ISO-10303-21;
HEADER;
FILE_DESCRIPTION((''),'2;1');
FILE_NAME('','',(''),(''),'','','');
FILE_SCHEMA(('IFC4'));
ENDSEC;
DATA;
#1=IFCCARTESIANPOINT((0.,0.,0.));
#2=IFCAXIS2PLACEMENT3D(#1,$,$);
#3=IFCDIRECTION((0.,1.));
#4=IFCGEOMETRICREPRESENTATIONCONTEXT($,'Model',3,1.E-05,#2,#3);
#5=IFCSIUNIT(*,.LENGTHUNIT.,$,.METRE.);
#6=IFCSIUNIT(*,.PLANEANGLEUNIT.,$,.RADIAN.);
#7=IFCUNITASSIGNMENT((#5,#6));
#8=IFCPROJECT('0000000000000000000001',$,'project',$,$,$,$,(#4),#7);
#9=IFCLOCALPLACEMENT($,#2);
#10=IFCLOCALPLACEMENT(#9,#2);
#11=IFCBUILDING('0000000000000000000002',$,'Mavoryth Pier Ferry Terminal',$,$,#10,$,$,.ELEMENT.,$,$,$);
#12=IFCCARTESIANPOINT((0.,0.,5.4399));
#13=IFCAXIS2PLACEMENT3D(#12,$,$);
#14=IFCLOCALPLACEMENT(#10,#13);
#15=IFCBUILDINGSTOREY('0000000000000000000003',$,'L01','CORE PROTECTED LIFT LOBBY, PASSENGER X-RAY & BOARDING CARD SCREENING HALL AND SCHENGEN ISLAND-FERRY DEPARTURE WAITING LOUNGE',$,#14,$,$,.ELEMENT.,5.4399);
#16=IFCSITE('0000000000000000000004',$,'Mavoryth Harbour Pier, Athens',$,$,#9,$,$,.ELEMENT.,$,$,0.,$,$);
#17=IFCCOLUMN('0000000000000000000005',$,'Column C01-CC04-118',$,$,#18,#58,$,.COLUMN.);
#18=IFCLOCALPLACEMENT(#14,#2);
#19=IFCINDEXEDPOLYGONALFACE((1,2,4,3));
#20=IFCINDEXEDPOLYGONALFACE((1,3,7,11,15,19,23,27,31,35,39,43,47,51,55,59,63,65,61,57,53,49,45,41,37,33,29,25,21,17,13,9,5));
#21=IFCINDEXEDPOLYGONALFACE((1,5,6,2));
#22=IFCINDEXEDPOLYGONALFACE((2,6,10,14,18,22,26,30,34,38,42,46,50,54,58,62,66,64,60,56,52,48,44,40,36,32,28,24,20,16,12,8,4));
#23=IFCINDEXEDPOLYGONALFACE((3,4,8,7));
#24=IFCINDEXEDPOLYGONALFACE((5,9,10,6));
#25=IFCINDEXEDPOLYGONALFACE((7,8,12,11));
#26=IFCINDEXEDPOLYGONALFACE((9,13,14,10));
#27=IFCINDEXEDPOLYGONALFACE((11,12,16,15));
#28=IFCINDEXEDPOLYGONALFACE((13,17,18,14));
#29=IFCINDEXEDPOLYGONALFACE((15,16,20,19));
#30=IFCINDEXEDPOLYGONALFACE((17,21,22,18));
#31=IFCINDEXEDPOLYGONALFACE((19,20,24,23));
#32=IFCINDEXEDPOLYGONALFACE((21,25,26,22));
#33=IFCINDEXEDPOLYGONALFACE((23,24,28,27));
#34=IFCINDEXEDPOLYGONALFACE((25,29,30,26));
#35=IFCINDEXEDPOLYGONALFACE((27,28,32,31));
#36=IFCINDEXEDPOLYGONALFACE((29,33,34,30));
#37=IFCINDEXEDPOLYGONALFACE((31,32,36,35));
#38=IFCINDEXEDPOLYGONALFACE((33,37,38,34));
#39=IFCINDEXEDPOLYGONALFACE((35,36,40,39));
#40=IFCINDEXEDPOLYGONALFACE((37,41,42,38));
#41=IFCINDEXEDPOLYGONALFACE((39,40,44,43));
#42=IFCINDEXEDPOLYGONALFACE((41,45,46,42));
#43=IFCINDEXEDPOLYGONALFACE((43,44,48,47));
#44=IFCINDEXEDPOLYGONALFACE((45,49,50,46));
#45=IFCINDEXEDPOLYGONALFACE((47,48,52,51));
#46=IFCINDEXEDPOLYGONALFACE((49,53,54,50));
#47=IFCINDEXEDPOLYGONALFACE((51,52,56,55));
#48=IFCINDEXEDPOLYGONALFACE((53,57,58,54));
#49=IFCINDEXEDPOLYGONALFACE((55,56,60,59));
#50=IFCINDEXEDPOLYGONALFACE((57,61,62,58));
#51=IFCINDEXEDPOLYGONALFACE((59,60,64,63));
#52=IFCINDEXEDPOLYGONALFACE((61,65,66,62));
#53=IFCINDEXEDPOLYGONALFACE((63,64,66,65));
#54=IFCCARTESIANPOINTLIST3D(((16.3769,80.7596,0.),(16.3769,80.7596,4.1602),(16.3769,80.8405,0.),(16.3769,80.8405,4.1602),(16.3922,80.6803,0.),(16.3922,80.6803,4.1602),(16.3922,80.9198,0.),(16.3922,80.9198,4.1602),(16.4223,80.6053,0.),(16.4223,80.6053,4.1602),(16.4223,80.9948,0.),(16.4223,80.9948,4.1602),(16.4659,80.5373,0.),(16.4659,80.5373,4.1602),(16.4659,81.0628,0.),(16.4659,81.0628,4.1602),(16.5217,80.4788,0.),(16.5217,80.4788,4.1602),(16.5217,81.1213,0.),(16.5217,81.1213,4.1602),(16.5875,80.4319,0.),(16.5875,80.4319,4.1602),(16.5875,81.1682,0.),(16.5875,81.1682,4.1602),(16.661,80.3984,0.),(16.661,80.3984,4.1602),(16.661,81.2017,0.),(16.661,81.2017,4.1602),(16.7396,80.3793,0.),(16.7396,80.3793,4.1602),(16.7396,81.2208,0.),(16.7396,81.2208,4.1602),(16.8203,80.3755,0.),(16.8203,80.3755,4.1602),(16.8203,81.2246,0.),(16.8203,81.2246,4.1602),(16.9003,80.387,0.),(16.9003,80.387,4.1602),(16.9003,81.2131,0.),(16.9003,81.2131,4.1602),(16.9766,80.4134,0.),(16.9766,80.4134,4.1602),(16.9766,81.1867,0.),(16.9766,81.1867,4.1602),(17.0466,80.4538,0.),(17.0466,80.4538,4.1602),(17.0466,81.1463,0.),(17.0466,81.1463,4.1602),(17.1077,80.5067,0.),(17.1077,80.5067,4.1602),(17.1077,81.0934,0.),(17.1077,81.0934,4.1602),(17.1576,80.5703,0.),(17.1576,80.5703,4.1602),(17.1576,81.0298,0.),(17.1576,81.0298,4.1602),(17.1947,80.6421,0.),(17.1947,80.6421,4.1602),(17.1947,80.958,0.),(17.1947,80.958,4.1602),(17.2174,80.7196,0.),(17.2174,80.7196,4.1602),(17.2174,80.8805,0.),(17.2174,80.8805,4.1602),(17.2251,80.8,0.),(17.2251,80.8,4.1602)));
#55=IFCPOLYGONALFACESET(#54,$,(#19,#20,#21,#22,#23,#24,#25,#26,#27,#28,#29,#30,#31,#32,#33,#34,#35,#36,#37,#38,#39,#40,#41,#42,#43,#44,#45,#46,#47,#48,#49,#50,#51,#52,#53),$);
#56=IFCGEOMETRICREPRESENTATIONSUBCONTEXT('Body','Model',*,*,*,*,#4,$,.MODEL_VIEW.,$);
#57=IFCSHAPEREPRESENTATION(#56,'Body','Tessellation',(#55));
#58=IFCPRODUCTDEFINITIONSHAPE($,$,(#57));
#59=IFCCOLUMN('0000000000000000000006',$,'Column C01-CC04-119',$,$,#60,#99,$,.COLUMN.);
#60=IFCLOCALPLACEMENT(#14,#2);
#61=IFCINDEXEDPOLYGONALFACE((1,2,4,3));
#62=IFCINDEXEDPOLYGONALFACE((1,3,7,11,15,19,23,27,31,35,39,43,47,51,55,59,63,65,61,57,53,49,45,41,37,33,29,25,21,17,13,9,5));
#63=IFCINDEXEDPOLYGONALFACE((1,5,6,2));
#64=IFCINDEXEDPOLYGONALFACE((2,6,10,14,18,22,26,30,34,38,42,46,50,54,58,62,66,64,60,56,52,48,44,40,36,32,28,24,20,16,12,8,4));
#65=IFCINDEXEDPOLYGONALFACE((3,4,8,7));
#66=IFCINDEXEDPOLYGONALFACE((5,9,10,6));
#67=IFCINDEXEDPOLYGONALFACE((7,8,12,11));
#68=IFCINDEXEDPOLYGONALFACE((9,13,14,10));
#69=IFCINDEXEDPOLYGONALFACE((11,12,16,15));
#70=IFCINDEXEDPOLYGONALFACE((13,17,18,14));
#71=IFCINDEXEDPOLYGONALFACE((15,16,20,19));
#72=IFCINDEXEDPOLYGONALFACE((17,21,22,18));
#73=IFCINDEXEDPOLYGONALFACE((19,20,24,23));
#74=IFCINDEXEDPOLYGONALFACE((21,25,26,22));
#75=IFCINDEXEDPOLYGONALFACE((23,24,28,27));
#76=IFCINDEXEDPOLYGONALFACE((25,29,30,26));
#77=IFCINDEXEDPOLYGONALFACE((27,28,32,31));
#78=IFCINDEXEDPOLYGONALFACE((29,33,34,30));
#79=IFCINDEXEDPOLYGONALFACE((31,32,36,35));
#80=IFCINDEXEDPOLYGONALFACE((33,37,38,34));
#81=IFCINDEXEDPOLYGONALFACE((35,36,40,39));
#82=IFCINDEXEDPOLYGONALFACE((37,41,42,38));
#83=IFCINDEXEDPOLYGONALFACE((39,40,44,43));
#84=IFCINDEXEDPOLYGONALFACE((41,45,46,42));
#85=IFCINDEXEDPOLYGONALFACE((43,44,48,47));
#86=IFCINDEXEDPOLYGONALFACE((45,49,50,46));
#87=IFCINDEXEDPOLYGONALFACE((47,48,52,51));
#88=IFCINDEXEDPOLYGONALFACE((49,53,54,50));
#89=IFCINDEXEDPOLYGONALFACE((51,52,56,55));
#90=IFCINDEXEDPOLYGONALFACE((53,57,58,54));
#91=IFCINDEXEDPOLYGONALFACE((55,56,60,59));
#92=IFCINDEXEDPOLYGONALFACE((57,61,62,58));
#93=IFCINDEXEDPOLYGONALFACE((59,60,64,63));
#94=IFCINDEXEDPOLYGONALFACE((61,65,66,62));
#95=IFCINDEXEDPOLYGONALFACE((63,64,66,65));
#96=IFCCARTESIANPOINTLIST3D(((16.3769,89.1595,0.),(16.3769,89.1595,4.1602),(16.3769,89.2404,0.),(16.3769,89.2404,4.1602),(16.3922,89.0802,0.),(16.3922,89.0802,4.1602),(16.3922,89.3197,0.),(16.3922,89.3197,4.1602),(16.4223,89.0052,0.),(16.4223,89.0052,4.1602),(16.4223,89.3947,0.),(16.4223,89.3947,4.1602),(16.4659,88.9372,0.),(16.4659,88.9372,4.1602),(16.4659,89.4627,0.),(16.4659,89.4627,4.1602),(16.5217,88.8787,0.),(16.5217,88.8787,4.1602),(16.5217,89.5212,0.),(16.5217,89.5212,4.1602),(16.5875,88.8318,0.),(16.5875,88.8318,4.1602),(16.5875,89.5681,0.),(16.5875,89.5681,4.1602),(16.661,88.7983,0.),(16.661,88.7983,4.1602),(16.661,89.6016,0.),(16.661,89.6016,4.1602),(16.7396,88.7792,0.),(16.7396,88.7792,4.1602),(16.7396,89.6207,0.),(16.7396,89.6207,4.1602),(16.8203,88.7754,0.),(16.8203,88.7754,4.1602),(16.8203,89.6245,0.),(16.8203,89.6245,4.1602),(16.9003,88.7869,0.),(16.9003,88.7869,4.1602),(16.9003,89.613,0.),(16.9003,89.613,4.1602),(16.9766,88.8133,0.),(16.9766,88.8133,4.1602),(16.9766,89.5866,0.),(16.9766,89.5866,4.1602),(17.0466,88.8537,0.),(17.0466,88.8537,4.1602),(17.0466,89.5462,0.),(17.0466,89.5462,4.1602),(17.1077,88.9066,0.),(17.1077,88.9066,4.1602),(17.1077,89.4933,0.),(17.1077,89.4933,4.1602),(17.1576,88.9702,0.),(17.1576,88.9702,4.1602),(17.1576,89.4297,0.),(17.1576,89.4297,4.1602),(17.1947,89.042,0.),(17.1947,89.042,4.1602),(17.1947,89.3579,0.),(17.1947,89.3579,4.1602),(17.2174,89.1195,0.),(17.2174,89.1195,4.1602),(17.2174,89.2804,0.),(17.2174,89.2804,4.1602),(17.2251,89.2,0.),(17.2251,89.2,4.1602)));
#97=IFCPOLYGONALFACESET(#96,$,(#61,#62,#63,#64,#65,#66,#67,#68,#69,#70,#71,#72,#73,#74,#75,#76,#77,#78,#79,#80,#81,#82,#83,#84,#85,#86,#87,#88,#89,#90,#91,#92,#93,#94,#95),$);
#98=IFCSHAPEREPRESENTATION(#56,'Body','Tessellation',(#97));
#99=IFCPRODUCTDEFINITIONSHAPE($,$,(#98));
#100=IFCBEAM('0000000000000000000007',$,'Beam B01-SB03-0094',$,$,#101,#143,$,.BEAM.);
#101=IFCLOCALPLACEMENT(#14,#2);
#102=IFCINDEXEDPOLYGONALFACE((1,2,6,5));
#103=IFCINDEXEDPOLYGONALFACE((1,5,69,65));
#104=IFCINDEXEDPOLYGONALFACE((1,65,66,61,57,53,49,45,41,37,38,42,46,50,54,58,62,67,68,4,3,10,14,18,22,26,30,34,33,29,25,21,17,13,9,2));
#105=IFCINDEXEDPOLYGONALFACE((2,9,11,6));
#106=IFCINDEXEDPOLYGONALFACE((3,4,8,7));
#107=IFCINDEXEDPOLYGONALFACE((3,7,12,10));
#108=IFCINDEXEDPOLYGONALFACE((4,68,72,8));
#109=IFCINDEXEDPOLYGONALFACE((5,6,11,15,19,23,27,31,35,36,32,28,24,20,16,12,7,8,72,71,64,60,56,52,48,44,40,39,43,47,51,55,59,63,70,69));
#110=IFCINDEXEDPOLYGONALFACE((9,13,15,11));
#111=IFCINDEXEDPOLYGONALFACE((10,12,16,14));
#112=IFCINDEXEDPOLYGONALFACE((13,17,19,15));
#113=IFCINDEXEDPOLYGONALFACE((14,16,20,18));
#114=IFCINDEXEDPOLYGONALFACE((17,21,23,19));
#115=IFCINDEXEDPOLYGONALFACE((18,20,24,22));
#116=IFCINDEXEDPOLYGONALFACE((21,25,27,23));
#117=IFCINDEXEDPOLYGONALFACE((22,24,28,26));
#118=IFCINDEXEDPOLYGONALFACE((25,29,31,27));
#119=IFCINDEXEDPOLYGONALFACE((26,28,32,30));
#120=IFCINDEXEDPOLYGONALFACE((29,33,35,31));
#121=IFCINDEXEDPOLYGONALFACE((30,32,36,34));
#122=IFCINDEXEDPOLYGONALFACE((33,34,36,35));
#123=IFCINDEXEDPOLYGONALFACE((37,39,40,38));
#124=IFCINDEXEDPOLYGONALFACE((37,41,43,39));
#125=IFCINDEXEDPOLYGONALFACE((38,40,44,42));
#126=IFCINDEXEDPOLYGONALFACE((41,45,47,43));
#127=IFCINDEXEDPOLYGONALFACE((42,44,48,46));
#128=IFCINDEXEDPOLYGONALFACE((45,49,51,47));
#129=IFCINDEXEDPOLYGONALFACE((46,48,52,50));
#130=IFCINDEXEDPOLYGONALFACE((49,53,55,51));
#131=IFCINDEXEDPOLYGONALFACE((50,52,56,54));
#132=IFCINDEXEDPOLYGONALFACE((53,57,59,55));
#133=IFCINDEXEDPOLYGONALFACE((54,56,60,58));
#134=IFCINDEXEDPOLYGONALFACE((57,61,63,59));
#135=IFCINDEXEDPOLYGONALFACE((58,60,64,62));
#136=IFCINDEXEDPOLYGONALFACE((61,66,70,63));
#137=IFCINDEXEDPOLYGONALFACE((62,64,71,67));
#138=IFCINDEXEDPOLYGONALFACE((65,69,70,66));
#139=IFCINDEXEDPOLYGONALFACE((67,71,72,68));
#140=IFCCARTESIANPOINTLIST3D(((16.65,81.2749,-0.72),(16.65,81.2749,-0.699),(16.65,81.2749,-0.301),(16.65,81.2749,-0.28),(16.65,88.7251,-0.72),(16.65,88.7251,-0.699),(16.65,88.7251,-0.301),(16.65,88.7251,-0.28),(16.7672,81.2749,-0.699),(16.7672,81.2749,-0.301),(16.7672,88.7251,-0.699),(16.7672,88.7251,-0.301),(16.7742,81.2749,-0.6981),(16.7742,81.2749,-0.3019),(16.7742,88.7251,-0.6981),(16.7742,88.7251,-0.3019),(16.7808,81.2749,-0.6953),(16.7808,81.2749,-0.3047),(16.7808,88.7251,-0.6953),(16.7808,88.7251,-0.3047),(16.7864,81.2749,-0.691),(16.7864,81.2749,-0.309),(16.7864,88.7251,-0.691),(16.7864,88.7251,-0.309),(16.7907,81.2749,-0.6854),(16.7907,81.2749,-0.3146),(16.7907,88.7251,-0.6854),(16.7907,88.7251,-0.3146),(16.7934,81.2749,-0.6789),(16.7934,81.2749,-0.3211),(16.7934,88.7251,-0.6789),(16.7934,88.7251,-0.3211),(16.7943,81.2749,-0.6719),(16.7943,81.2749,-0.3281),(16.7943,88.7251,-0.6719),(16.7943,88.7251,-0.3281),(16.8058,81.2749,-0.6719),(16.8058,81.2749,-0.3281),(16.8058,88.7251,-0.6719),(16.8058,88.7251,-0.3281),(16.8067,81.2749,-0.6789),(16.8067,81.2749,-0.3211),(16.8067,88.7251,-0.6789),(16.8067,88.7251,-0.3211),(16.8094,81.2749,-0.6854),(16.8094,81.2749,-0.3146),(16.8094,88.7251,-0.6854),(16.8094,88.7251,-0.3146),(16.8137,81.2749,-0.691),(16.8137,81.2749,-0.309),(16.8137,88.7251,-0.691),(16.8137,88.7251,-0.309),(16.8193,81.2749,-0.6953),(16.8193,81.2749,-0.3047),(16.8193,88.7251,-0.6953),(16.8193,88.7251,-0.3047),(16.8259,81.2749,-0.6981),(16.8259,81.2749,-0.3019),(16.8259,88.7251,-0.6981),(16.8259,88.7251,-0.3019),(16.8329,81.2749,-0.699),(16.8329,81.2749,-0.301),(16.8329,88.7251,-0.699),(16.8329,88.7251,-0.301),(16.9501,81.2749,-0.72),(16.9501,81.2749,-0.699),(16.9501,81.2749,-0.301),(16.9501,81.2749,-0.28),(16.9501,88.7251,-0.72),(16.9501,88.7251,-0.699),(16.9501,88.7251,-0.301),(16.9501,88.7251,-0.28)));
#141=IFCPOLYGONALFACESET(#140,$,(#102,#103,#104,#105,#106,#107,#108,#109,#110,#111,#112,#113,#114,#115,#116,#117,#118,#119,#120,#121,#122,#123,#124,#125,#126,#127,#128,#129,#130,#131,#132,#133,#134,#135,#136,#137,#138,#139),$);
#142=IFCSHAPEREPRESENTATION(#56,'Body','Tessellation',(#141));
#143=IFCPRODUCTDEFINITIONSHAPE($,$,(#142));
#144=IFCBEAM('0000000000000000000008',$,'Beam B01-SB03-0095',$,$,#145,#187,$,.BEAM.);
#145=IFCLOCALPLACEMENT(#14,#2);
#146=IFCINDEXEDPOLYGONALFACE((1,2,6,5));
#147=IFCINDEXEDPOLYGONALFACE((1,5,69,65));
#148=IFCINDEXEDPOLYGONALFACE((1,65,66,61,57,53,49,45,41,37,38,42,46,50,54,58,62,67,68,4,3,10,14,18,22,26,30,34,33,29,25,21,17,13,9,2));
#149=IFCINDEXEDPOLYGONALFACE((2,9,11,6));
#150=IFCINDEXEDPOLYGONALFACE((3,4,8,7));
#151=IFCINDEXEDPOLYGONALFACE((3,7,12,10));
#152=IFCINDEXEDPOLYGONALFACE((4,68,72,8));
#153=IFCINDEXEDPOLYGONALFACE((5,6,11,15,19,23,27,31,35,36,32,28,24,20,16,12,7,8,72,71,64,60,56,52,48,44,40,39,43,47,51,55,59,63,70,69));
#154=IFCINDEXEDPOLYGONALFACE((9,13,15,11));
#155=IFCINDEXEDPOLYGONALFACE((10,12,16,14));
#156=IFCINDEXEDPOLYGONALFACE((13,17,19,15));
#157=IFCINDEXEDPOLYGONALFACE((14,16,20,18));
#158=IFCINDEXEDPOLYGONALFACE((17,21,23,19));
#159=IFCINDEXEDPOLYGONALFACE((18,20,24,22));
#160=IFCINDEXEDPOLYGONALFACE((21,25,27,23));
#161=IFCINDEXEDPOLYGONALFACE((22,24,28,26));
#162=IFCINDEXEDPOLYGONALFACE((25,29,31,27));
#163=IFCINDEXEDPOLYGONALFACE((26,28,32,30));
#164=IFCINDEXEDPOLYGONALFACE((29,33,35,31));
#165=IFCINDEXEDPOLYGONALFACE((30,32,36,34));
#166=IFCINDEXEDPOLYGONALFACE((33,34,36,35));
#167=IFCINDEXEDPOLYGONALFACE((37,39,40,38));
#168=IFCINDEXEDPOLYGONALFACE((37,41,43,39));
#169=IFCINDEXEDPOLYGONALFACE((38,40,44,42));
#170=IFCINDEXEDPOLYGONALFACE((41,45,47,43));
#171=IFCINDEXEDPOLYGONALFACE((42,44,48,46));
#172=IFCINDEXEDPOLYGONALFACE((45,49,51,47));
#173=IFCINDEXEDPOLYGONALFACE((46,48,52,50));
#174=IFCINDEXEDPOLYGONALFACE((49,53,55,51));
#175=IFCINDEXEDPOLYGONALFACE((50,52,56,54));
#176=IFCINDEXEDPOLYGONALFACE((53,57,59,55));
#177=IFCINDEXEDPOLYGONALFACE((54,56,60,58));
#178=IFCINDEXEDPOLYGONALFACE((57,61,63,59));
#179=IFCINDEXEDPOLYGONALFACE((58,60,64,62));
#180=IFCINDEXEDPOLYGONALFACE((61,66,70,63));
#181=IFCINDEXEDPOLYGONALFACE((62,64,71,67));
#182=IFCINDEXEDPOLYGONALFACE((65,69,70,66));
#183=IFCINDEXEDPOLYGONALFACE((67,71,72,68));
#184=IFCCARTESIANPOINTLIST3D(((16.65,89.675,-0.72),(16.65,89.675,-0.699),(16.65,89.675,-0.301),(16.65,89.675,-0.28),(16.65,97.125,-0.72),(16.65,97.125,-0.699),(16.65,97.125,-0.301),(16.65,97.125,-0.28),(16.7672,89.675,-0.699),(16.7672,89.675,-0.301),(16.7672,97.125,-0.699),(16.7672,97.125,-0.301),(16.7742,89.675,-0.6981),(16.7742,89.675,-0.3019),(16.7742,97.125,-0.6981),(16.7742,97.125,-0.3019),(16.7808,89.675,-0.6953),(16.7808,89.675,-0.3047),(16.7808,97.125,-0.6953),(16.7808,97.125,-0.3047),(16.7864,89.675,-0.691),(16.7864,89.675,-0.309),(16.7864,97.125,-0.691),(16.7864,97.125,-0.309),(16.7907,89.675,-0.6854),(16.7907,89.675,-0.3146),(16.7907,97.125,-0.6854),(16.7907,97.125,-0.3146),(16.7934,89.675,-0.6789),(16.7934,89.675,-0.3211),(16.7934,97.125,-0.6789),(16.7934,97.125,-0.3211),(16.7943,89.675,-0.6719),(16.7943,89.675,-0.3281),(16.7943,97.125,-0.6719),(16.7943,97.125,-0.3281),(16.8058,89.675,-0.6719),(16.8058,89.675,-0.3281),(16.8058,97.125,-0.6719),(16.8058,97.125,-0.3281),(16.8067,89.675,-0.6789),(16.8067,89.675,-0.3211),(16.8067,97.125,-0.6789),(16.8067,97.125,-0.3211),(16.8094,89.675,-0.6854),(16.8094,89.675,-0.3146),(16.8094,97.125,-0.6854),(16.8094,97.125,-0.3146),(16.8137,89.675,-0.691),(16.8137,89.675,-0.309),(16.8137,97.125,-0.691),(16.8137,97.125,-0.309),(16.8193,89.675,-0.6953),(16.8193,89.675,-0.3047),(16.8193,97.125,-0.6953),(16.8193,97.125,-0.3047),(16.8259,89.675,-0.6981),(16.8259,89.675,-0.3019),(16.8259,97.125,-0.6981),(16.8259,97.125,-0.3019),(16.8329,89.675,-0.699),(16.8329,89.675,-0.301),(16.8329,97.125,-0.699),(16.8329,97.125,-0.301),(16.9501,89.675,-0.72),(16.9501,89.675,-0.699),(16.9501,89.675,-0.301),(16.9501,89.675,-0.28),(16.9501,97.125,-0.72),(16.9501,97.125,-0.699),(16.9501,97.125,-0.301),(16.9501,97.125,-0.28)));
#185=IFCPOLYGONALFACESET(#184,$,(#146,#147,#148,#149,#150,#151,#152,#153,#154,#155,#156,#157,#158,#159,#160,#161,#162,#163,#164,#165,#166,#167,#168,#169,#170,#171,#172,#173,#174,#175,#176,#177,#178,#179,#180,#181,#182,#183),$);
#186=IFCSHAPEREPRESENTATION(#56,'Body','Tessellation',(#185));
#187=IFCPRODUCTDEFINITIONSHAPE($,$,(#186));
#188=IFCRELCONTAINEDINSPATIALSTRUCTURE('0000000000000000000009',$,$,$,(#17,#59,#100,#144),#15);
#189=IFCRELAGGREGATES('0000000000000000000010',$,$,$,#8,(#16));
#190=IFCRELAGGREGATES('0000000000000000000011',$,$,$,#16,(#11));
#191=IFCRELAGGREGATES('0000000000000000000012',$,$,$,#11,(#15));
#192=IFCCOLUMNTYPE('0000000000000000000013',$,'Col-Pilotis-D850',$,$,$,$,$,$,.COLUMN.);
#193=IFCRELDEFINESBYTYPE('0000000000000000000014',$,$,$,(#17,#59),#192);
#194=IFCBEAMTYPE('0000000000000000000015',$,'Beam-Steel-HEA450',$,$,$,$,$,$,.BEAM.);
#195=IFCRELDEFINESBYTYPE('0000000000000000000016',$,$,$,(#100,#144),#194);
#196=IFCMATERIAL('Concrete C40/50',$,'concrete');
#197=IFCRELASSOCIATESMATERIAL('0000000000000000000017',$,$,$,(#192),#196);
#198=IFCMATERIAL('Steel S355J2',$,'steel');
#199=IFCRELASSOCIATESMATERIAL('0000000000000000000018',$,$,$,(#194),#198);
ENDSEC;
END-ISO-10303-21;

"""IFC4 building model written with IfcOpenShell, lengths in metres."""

from ifc_helpers import new_model, si_unit, direction, frame, origin, origin_2d, place, context, subcontext, project, spatial, circle, i_section, extrude, material, material_profile, profile_set, type_object, element, save


model = new_model("IFC4")

# Units and contexts
model_context = context("Model", 3, precision=1e-05, world=origin(), true_north=direction((0.0, 1.0)))
body_context = subcontext(model_context, "Body", "Model", "MODEL_VIEW")
ifc_project = project(units=[si_unit("LENGTHUNIT", "METRE"), si_unit("PLANEANGLEUNIT", "RADIAN")], contexts=[model_context])

# Site, building, storey
site_placement = place(None, origin())
site = spatial("IfcSite", under=ifc_project, at=site_placement, Name="Mavoryth Harbour Pier, Athens", CompositionType="ELEMENT", RefElevation=0.0)
building_placement = place(site_placement, origin())
building = spatial("IfcBuilding", under=site, at=building_placement, Name="Mavoryth Pier Ferry Terminal", CompositionType="ELEMENT")
storey_placement = place(building_placement, frame((0.0, 0.0, 5.4399)))
storey = spatial("IfcBuildingStorey", under=building, at=storey_placement, Name="L01", Description="CORE PROTECTED LIFT LOBBY, PASSENGER X-RAY & BOARDING CARD SCREENING HALL AND SCHENGEN ISLAND-FERRY DEPARTURE WAITING LOUNGE", CompositionType="ELEMENT", Elevation=5.4399)

# Columns
ifc_material_1 = material(Name="Concrete C40/50", Category="concrete")
ifc_material_profile_1 = material_profile(ifc_material_1, circle(Radius=0.425, at=origin_2d()), Name="RC D850", Category="concrete")
ifc_profile_set_1 = profile_set([ifc_material_profile_1], Name="Concrete C40/50 - RC D850")
column_type = type_object("IfcColumnType", Name="Col-Pilotis-D850", PredefinedType="COLUMN", material=ifc_profile_set_1)
for number, where, z_axis, x_axis, name in (
    (1, (16.8, 80.8, 0.0), (0.0, 0.0, 1.0), (1.0, 0.0, 0.0), "Column C01-CC04-118"),
    (2, (16.8, 89.2, 0.0), (0.0, 0.0, 1.0), (1.0, 0.0, 0.0), "Column C01-CC04-119"),
):
    element("IfcColumn", number, at=place(storey_placement, frame(where, z_axis=z_axis, x_axis=x_axis)), inside=storey, type_object=column_type, Name=name, PredefinedType="COLUMN", context=body_context, shape_type="SweptSolid", body=[
        extrude(circle(Radius=0.425, at=origin_2d()), origin(), (0.0, 0.0, 1.0), 4.1602),
    ])

# Beams
ifc_material_2 = material(Name="Steel S355J2", Category="steel")
ifc_material_profile_2 = material_profile(ifc_material_2, i_section(OverallWidth=0.3, OverallDepth=0.4399, WebThickness=0.0115, FlangeThickness=0.021, FilletRadius=0.0271, at=origin_2d()), Name="HEA 450", Category="steel")
ifc_profile_set_2 = profile_set([ifc_material_profile_2], Name="Steel S355J2 - HEA 450")
beam_type_1 = type_object("IfcBeamType", Name="Beam-Steel-HEA450", PredefinedType="BEAM", material=ifc_profile_set_2)
beam_1_placement = place(storey_placement, frame((16.8, 81.2749, -0.5), z_axis=(0.0, 1.0, 0.0), x_axis=(-1.0, 0.0, 0.0)))
element("IfcBeam", 3, at=beam_1_placement, inside=storey, type_object=beam_type_1, Name="Beam B01-SB03-0094", PredefinedType="BEAM", context=body_context, shape_type="SweptSolid", body=[
    extrude(i_section(OverallWidth=0.3, OverallDepth=0.4399, WebThickness=0.0115, FlangeThickness=0.021, FilletRadius=0.0271, at=origin_2d()), origin(), (0.0, 0.0, 1.0), 7.4502),
])
beam_2_placement = place(storey_placement, frame((16.8, 89.675, -0.5), z_axis=(0.0, 1.0, 0.0), x_axis=(-1.0, 0.0, 0.0)))
element("IfcBeam", 4, at=beam_2_placement, inside=storey, type_object=beam_type_1, Name="Beam B01-SB03-0095", PredefinedType="BEAM", context=body_context, shape_type="SweptSolid", body=[
    extrude(i_section(OverallWidth=0.3, OverallDepth=0.4399, WebThickness=0.0115, FlangeThickness=0.021, FilletRadius=0.0271, at=origin_2d()), origin(), (0.0, 0.0, 1.0), 7.45),
])

save(model, "model.ifc")
